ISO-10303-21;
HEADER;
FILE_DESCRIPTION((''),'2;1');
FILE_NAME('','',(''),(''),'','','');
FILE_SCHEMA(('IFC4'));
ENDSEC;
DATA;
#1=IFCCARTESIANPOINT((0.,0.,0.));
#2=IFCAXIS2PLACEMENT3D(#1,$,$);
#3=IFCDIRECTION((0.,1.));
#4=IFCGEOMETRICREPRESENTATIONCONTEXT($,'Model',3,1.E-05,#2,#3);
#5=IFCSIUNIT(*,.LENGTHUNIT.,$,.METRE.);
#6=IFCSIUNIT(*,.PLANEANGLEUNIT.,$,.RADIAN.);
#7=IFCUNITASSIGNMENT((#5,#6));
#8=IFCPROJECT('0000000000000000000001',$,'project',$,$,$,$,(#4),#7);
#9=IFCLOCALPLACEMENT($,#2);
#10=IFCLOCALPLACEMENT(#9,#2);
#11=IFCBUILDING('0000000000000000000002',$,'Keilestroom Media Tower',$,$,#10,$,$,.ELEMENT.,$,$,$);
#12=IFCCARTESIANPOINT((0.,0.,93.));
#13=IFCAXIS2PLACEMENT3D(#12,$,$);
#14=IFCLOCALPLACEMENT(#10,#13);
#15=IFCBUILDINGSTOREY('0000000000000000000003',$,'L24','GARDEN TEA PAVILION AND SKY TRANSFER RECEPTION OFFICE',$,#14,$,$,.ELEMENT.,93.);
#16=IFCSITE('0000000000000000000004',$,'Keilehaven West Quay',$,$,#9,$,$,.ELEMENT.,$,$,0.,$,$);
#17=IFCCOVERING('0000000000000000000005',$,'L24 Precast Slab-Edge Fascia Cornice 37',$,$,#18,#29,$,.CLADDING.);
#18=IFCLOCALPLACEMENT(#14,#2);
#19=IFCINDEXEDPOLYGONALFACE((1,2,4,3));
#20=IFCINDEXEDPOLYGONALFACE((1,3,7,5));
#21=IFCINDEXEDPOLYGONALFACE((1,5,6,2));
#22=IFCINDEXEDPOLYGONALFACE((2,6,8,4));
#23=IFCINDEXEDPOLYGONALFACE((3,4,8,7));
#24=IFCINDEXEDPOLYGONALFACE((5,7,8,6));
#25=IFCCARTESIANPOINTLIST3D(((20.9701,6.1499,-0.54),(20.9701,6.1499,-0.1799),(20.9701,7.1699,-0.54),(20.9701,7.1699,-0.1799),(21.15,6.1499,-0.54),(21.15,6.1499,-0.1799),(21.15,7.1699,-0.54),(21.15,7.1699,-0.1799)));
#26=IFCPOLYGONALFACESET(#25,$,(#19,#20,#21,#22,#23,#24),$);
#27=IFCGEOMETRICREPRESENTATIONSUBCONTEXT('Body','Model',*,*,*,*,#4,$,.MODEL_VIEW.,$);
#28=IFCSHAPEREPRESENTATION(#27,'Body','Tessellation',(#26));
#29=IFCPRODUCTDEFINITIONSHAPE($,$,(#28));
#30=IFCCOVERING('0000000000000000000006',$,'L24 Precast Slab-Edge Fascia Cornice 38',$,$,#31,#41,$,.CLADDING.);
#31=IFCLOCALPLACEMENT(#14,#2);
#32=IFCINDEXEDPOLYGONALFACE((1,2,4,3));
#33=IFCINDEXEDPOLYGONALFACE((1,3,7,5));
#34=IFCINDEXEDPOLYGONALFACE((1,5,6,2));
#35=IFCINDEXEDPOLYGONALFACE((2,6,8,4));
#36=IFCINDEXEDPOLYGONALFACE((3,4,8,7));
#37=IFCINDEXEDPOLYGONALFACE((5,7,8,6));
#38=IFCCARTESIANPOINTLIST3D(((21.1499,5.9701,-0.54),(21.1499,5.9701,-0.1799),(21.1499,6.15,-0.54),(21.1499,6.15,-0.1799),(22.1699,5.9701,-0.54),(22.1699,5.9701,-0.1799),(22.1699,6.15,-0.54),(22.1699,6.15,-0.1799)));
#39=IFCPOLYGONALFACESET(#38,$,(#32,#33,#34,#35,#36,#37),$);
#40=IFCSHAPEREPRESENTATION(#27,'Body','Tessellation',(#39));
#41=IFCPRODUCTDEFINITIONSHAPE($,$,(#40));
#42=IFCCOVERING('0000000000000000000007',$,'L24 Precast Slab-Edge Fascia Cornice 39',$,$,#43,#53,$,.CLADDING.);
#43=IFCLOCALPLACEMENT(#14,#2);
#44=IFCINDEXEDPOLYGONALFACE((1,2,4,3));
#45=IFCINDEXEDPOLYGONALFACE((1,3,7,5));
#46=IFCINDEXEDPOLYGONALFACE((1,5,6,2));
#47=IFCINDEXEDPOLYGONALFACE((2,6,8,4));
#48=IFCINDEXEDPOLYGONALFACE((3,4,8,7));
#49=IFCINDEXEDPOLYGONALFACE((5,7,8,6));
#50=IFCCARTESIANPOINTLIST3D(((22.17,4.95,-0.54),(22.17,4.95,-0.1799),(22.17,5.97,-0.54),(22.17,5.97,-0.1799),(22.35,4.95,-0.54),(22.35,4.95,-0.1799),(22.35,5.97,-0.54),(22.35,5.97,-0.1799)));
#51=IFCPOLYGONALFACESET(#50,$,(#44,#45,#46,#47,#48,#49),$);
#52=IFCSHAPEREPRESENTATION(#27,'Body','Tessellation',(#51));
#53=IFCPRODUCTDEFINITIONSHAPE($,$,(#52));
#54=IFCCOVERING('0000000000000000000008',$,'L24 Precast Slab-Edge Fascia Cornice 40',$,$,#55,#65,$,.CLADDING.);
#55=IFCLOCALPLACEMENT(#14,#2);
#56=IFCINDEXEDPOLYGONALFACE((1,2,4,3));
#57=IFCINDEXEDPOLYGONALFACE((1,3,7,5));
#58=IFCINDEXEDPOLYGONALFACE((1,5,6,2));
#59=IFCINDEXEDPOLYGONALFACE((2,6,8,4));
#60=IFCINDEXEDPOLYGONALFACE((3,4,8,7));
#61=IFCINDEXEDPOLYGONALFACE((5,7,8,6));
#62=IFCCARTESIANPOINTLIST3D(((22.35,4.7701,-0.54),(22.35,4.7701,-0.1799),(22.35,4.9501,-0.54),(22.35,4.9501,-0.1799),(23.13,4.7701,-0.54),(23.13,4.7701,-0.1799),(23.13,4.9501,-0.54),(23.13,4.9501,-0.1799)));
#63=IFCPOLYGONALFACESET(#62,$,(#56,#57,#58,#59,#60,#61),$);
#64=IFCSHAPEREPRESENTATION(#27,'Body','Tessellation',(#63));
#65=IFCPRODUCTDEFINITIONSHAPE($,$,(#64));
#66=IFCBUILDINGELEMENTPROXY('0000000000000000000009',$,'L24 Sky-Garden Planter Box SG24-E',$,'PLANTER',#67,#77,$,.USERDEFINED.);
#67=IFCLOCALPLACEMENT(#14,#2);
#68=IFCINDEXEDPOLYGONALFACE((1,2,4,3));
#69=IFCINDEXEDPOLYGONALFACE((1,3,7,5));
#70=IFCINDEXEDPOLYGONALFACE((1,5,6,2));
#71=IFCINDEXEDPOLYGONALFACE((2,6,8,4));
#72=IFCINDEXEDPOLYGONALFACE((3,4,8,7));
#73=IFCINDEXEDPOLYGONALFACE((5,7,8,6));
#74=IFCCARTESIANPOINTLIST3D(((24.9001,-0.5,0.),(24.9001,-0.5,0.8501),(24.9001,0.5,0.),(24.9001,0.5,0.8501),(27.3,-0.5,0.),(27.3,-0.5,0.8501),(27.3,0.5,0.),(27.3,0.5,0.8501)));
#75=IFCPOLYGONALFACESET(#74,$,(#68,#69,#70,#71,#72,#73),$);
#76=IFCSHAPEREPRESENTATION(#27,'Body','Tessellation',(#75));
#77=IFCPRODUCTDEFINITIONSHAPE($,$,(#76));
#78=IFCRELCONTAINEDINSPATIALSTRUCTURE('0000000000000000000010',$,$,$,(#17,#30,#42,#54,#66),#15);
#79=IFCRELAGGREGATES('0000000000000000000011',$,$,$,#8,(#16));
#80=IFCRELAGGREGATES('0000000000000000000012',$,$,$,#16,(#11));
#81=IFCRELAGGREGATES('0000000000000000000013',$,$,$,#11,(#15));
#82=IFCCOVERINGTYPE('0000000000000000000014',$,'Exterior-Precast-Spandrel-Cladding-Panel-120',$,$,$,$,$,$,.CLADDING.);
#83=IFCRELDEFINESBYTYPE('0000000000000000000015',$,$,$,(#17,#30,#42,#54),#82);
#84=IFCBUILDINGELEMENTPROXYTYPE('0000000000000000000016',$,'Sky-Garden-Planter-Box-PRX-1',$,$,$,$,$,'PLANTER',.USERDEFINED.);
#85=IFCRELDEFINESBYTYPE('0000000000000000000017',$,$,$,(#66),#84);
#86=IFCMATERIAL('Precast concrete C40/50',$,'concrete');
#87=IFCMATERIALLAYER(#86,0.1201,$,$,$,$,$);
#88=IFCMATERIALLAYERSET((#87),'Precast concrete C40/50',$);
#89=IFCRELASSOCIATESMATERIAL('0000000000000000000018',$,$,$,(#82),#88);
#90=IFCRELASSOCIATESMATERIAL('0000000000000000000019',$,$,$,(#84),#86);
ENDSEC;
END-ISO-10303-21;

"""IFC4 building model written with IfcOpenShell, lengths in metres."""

from ifc_helpers import new_model, si_unit, direction, frame, origin, origin_2d, place, context, subcontext, project, spatial, rectangle, extrude, source, transform, mapped, material, layer, layer_set, type_object, element, save


model = new_model("IFC4")

# Units and contexts
model_context = context("Model", 3, precision=1e-05, world=origin(), true_north=direction((0.0, 1.0)))
body_context = subcontext(model_context, "Body", "Model", "MODEL_VIEW")
ifc_project = project(units=[si_unit("LENGTHUNIT", "METRE"), si_unit("PLANEANGLEUNIT", "RADIAN")], contexts=[model_context])

# Site, building, storey
site_placement = place(None, origin())
site = spatial("IfcSite", under=ifc_project, at=site_placement, Name="Keilehaven West Quay", CompositionType="ELEMENT", RefElevation=0.0)
building_placement = place(site_placement, origin())
building = spatial("IfcBuilding", under=site, at=building_placement, Name="Keilestroom Media Tower", CompositionType="ELEMENT")
storey_placement = place(building_placement, frame((0.0, 0.0, 93.0)))
storey = spatial("IfcBuildingStorey", under=building, at=storey_placement, Name="L24", Description="GARDEN TEA PAVILION AND SKY TRANSFER RECEPTION OFFICE", CompositionType="ELEMENT", Elevation=93.0)

# Shared definitions
ifc_material_1 = material(Name="Precast concrete C40/50", Category="concrete")

# Coverings
ifc_layer_1 = layer(ifc_material_1, 0.1201)
ifc_layer_set_1 = layer_set([ifc_layer_1], Name="Precast concrete C40/50")
covering_type = type_object("IfcCoveringType", Name="Exterior-Precast-Spandrel-Cladding-Panel-120", PredefinedType="CLADDING", material=ifc_layer_set_1)
shared_shape_1 = source(origin(), body_context, "Body", "SweptSolid", [
    extrude(rectangle(XDim=1.02, YDim=0.1799, at=origin_2d()), origin(), (0.0, 0.0, 1.0), 0.3601),
])
for number, where, z_axis, x_axis, name in (
    (1, (21.0601, 6.6599, -0.54), (0.0, 0.0, 1.0), (0.0, -1.0, 0.0), "L24 Precast Slab-Edge Fascia Cornice 37"),
    (2, (21.6599, 6.0601, -0.54), (0.0, 0.0, 1.0), (1.0, 0.0, 0.0), "L24 Precast Slab-Edge Fascia Cornice 38"),
    (3, (22.26, 5.46, -0.54), (0.0, 0.0, 1.0), (0.0, -1.0, 0.0), "L24 Precast Slab-Edge Fascia Cornice 39"),
):
    element("IfcCovering", number, at=place(storey_placement, frame(where, z_axis=z_axis, x_axis=x_axis)), inside=storey, type_object=covering_type, Name=name, PredefinedType="CLADDING", context=body_context, shape_type="MappedRepresentation", body=[
        mapped(shared_shape_1, transform((0.0, 0.0, 0.0), x_axis=(1.0, 0.0, 0.0), y_axis=(0.0, 1.0, 0.0), z_axis=(0.0, 0.0, 1.0), scale=1.0)),
    ])
shared_shape_2 = source(origin(), body_context, "Body", "SweptSolid", [
    extrude(rectangle(XDim=0.78, YDim=0.1799, at=origin_2d()), origin(), (0.0, 0.0, 1.0), 0.3601),
])
covering_placement = place(storey_placement, frame((22.74, 4.8601, -0.54), z_axis=(0.0, 0.0, 1.0), x_axis=(1.0, 0.0, 0.0)))
element("IfcCovering", 4, at=covering_placement, inside=storey, type_object=covering_type, Name="L24 Precast Slab-Edge Fascia Cornice 40", PredefinedType="CLADDING", context=body_context, shape_type="MappedRepresentation", body=[
    mapped(shared_shape_2, transform((0.0, 0.0, 0.0), x_axis=(1.0, 0.0, 0.0), y_axis=(0.0, 1.0, 0.0), z_axis=(0.0, 0.0, 1.0), scale=1.0)),
])

# Building element proxy
building_element_proxy_type = type_object("IfcBuildingElementProxyType", Name="Sky-Garden-Planter-Box-PRX-1", ElementType="PLANTER", PredefinedType="USERDEFINED", material=ifc_material_1)
shared_shape_3 = source(origin(), body_context, "Body", "SweptSolid", [
    extrude(rectangle(XDim=2.3999, YDim=1.0, at=origin_2d()), origin(), (0.0, 0.0, 1.0), 0.8501),
])
proxy_placement = place(storey_placement, frame((26.1001, 0.0, 0.0), z_axis=(0.0, 0.0, 1.0), x_axis=(1.0, 0.0, 0.0)))
element("IfcBuildingElementProxy", 5, at=proxy_placement, inside=storey, type_object=building_element_proxy_type, Name="L24 Sky-Garden Planter Box SG24-E", ObjectType="PLANTER", PredefinedType="USERDEFINED", context=body_context, shape_type="MappedRepresentation", body=[
    mapped(shared_shape_3, transform((0.0, 0.0, 0.0), x_axis=(1.0, 0.0, 0.0), y_axis=(0.0, 1.0, 0.0), z_axis=(0.0, 0.0, 1.0), scale=1.0)),
])

save(model, "model.ifc")
